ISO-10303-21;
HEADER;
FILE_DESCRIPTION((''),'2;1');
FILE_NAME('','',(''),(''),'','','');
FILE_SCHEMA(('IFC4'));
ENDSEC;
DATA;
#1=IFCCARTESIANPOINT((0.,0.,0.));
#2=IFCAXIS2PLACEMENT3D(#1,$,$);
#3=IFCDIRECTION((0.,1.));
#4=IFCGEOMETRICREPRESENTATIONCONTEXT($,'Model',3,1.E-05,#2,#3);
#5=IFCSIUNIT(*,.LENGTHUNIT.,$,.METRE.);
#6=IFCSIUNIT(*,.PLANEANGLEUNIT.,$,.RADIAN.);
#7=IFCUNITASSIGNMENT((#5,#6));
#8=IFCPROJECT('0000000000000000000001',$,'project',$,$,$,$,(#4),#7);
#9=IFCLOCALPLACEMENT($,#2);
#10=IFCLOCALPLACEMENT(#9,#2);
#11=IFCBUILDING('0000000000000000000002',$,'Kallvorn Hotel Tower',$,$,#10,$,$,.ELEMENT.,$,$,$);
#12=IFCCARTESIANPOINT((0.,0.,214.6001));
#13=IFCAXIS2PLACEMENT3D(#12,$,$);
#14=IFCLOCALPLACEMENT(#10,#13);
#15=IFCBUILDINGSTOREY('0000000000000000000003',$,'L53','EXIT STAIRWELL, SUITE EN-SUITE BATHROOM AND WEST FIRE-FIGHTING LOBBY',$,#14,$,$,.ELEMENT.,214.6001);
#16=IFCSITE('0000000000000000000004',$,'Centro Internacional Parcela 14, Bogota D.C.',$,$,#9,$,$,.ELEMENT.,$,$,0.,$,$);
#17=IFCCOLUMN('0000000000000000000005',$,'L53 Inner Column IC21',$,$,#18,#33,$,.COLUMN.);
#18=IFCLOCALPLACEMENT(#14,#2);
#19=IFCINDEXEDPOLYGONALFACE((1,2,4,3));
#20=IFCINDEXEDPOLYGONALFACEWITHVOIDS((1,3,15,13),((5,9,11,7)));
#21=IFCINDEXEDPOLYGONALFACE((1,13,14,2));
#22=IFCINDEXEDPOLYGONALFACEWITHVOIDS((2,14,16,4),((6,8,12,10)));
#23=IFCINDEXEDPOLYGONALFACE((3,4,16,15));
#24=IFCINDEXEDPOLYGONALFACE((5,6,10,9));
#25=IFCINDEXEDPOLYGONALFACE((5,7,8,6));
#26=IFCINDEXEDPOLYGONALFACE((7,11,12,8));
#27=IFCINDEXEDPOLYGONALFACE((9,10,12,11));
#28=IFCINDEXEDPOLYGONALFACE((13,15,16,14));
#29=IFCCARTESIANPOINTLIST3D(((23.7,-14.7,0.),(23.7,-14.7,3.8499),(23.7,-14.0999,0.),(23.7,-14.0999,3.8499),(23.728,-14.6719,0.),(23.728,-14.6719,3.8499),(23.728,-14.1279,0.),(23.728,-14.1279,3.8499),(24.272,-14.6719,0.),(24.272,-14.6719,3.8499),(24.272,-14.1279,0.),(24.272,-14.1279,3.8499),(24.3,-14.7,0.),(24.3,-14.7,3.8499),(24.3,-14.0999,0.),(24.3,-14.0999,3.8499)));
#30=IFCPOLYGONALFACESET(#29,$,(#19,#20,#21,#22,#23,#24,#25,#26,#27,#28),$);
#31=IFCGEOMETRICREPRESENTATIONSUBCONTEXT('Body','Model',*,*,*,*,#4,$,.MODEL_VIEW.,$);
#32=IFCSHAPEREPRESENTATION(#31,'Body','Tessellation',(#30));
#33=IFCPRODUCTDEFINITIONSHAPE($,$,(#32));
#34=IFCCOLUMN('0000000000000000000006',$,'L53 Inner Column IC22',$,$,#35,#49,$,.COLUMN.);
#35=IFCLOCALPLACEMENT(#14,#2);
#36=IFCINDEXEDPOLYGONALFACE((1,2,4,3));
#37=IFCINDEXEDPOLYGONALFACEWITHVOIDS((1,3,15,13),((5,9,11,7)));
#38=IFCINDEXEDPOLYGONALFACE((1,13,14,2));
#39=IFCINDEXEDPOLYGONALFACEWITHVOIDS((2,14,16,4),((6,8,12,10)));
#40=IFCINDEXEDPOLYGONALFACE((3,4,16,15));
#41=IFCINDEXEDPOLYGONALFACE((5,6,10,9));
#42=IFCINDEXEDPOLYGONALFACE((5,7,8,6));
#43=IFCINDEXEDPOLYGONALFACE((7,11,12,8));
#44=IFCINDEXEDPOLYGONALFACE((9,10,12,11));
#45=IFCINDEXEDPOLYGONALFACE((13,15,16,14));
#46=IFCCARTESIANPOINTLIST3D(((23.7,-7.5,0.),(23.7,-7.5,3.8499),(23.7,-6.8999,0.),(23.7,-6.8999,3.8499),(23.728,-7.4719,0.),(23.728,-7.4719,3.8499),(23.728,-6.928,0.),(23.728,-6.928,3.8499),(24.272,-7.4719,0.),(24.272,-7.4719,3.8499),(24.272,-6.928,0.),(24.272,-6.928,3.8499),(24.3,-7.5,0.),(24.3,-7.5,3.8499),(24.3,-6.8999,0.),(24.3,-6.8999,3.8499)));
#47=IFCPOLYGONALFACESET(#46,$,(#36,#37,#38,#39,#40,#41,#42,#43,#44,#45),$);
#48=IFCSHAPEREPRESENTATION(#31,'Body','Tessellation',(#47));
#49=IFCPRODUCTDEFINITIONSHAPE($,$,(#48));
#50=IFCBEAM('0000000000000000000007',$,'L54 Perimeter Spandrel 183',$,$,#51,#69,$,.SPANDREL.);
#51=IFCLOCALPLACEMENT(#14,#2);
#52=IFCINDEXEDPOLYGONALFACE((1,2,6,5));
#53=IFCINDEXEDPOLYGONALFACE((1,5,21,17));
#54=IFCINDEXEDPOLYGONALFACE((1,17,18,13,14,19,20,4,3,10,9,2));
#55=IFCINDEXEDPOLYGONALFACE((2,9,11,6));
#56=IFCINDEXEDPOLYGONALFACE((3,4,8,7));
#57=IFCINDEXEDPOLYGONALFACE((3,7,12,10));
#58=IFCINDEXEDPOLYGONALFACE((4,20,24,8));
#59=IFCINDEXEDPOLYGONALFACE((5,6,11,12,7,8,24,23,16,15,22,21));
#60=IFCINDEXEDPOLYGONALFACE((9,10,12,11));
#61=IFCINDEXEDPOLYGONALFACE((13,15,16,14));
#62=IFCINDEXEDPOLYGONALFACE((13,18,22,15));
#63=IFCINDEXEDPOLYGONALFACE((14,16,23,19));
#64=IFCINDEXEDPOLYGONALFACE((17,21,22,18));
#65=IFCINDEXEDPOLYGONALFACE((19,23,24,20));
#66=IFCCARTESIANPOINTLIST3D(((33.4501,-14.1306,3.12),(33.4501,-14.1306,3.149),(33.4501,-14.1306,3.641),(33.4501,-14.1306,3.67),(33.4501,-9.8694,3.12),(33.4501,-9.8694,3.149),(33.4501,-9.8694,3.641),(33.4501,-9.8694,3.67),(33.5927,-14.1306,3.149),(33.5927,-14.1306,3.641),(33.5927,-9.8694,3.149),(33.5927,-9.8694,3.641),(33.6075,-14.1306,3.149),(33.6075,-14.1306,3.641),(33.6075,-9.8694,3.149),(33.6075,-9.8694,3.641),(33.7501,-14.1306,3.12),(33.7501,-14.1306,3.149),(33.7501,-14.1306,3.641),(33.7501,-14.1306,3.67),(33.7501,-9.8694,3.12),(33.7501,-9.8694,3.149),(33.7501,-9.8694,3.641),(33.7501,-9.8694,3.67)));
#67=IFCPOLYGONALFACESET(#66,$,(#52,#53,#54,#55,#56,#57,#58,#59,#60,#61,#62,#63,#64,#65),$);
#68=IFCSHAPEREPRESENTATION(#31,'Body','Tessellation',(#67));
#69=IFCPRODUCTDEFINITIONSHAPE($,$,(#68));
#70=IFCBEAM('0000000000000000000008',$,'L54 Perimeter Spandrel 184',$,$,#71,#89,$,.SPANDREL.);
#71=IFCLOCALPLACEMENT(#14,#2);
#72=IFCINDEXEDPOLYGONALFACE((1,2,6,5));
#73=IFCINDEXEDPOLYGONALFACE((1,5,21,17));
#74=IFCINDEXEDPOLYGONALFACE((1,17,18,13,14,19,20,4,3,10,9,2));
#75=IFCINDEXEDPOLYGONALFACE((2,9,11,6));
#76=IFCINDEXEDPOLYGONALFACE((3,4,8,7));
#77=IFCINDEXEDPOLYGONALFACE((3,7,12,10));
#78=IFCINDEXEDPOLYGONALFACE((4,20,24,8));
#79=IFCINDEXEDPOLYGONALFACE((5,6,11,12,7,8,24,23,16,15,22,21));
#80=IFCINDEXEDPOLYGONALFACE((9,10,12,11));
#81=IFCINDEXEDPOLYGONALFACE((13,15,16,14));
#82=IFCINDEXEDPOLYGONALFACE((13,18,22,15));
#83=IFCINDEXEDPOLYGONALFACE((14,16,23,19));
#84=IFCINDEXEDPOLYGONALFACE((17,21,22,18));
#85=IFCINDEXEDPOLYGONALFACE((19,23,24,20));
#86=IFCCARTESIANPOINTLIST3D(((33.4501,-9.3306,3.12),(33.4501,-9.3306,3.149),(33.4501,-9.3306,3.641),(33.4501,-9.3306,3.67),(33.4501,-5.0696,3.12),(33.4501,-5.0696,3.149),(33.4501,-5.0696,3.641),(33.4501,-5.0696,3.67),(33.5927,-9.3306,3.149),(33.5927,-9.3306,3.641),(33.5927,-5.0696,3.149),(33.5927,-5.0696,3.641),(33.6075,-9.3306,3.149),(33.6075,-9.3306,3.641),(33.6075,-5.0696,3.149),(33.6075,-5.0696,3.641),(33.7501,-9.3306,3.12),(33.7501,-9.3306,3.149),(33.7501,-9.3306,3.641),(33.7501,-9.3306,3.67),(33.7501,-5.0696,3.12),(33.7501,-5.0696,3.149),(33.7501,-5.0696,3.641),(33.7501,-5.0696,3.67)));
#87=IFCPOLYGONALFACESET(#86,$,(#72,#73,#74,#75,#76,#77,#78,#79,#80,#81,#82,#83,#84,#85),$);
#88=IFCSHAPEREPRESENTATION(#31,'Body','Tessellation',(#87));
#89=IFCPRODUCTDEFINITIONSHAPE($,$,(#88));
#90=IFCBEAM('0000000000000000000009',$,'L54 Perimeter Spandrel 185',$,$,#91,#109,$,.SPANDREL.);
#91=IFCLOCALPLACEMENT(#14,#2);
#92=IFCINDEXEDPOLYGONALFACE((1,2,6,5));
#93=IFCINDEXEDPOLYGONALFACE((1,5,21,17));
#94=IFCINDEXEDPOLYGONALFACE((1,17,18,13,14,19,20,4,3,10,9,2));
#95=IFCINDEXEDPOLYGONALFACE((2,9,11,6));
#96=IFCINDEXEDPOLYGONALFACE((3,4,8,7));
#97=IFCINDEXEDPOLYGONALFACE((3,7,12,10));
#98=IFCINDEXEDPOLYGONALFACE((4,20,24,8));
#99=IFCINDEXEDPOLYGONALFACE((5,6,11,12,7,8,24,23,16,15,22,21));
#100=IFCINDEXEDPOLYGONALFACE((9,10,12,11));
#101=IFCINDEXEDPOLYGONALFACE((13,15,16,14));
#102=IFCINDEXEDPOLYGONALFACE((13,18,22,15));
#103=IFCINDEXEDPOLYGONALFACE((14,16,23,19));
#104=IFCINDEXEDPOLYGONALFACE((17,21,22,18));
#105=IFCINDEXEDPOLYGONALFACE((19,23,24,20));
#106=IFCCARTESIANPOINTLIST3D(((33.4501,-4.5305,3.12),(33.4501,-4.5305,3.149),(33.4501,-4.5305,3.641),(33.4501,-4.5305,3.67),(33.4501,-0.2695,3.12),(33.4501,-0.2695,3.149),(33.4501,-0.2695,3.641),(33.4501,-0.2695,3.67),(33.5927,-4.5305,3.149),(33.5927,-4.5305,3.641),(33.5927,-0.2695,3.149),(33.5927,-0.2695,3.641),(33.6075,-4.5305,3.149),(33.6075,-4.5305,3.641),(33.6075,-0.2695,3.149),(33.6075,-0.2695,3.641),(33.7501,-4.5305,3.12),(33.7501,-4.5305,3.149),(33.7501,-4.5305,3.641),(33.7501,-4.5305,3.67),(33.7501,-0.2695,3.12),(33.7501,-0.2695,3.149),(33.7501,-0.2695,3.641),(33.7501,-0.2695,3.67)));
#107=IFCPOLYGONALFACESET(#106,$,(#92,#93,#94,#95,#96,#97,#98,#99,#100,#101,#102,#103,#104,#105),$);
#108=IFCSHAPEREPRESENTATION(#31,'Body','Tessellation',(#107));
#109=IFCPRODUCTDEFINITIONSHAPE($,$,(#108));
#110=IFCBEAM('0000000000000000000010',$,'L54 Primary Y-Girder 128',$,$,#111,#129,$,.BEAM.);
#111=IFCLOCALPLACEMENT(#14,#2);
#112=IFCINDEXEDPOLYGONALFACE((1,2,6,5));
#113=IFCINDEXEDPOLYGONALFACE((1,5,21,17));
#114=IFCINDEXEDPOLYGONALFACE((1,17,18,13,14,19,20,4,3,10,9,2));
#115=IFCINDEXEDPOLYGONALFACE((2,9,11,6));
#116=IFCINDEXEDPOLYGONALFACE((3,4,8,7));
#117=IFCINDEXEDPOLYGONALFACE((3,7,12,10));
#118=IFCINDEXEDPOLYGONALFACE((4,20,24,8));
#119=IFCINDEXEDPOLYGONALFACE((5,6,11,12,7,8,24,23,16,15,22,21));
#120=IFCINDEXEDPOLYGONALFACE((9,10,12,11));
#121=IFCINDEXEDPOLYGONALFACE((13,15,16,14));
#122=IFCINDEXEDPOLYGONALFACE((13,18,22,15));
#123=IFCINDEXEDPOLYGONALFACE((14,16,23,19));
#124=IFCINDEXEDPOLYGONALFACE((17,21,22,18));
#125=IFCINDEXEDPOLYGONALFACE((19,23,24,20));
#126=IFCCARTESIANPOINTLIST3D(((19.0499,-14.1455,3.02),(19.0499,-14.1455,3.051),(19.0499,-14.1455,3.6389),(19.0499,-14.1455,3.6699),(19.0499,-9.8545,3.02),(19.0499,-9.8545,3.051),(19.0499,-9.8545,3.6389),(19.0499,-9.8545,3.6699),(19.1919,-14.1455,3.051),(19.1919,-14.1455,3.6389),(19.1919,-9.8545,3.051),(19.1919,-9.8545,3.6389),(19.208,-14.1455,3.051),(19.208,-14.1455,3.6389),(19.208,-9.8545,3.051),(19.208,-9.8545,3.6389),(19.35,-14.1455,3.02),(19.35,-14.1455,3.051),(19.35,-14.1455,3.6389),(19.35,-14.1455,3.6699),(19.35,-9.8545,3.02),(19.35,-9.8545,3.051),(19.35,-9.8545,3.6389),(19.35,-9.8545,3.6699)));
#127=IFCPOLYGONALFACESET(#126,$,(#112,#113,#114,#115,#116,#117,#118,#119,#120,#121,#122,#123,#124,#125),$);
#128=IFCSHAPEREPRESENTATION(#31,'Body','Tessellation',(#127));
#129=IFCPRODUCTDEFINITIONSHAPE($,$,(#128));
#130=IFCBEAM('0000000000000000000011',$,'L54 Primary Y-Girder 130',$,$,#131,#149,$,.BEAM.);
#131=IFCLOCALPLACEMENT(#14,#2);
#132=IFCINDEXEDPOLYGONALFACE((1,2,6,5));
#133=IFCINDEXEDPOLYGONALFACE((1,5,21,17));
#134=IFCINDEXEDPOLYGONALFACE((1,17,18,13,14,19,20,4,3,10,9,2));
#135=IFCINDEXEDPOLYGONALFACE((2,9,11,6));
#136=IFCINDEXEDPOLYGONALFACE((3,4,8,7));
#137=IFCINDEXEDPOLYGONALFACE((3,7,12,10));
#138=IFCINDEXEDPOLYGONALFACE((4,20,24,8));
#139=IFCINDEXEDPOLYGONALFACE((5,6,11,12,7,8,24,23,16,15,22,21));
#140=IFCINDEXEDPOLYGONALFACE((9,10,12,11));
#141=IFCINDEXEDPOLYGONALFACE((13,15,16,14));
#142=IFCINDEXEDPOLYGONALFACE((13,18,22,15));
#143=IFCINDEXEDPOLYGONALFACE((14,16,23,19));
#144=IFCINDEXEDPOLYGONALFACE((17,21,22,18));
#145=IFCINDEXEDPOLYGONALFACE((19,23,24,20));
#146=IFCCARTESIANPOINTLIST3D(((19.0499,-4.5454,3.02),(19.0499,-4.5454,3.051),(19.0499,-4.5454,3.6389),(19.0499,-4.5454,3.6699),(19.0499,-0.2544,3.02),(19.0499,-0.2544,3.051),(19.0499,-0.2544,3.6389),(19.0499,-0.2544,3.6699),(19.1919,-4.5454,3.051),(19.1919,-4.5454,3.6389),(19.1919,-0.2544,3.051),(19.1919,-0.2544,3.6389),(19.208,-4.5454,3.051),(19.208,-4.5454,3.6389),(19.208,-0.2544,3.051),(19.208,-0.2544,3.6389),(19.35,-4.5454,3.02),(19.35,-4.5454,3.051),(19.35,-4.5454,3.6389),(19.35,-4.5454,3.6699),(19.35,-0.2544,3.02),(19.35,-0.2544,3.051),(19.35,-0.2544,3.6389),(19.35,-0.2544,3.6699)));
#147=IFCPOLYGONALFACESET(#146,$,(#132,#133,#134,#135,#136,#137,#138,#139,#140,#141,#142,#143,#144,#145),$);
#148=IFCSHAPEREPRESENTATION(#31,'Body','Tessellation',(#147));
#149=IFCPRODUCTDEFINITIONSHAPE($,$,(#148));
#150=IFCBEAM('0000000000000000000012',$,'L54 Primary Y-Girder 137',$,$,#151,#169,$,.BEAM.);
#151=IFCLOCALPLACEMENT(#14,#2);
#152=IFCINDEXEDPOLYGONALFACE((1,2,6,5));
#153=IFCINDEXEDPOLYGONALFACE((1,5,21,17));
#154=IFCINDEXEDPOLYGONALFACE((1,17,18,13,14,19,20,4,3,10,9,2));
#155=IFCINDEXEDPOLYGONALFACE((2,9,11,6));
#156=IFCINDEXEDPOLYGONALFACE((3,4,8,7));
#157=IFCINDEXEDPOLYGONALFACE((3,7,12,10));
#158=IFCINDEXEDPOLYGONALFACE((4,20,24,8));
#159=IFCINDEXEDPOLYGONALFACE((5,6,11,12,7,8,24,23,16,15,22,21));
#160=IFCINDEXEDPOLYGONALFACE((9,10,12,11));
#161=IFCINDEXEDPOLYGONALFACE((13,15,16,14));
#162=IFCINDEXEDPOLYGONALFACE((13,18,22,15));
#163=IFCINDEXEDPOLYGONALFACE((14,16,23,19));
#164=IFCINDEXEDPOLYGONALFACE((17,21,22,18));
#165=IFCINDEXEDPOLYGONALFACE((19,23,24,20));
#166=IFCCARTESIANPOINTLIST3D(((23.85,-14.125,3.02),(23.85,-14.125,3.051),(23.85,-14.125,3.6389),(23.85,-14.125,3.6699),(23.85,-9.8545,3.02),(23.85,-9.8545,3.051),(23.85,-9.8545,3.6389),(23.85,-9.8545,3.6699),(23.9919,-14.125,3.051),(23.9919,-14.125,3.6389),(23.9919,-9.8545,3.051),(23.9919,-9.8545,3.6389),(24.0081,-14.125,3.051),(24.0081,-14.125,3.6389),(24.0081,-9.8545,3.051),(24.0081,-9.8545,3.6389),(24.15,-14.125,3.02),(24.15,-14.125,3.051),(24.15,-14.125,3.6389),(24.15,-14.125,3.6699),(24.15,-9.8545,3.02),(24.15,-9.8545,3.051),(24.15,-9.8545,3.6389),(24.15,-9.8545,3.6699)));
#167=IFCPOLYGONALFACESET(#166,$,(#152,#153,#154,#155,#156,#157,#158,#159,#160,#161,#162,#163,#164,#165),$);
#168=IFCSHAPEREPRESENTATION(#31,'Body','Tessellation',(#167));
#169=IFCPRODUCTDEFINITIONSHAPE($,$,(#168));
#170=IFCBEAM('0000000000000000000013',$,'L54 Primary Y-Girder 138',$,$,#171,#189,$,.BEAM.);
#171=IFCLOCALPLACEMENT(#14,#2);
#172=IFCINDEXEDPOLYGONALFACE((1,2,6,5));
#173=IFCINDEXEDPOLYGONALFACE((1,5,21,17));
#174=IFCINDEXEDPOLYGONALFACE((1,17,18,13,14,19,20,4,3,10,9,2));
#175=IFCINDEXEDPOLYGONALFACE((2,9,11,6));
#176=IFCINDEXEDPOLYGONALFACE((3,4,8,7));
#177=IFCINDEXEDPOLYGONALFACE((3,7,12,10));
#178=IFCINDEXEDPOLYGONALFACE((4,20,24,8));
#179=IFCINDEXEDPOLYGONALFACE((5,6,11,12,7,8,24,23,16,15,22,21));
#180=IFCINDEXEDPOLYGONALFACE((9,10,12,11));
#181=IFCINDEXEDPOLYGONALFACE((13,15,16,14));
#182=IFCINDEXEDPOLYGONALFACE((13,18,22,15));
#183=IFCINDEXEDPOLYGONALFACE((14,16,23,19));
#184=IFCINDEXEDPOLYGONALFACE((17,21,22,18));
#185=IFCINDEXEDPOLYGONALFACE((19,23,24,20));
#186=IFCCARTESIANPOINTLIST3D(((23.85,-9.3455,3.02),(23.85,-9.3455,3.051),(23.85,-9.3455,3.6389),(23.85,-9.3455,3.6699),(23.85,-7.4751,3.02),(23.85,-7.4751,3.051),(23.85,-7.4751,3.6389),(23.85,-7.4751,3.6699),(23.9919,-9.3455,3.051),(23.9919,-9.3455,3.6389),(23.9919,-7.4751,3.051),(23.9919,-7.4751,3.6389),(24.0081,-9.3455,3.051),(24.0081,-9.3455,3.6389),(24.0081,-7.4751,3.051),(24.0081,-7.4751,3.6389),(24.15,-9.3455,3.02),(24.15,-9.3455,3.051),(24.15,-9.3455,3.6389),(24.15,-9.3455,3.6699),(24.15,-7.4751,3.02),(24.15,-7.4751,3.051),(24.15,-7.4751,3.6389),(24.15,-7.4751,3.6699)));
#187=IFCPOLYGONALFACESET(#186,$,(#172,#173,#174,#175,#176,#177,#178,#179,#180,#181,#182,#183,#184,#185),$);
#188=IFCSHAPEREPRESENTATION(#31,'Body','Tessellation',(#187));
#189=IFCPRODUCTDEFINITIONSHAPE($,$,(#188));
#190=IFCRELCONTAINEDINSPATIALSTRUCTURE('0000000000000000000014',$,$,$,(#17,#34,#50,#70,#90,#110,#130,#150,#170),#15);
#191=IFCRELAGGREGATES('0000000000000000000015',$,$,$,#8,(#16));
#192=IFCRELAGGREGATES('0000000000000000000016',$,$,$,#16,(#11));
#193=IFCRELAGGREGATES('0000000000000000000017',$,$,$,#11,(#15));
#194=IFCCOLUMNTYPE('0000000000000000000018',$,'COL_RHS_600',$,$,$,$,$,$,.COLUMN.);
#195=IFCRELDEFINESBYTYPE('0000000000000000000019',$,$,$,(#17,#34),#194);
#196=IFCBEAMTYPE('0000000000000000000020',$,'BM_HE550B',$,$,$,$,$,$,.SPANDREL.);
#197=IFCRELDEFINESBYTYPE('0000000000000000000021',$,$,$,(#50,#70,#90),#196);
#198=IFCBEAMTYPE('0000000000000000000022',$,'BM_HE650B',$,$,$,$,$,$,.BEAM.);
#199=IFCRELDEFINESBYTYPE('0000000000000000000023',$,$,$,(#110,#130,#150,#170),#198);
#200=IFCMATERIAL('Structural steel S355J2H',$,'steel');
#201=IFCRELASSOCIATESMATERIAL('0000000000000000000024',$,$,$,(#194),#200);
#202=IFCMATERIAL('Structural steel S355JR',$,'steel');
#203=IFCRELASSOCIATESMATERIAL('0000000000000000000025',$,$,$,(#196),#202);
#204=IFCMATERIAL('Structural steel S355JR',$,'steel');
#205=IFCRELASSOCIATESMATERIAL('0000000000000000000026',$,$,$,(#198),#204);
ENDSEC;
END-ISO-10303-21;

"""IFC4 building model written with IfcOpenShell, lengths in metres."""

from ifc_helpers import new_model, si_unit, direction, frame, origin, origin_2d, place, context, subcontext, project, spatial, hollow_rectangle, i_section, extrude, material, material_profile, profile_set, type_object, element, save


model = new_model("IFC4")

# Units and contexts
model_context = context("Model", 3, precision=1e-05, world=origin(), true_north=direction((0.0, 1.0)))
body_context = subcontext(model_context, "Body", "Model", "MODEL_VIEW")
ifc_project = project(units=[si_unit("LENGTHUNIT", "METRE"), si_unit("PLANEANGLEUNIT", "RADIAN")], contexts=[model_context])

# Site, building, storey
site_placement = place(None, origin())
site = spatial("IfcSite", under=ifc_project, at=site_placement, Name="Centro Internacional Parcela 14, Bogota D.C.", CompositionType="ELEMENT", RefElevation=0.0)
building_placement = place(site_placement, origin())
building = spatial("IfcBuilding", under=site, at=building_placement, Name="Kallvorn Hotel Tower", CompositionType="ELEMENT")
storey_placement = place(building_placement, frame((0.0, 0.0, 214.6001)))
storey = spatial("IfcBuildingStorey", under=building, at=storey_placement, Name="L53", Description="EXIT STAIRWELL, SUITE EN-SUITE BATHROOM AND WEST FIRE-FIGHTING LOBBY", CompositionType="ELEMENT", Elevation=214.6001)

# Columns
ifc_material_1 = material(Name="Structural steel S355J2H", Category="steel")
ifc_material_profile_1 = material_profile(ifc_material_1, hollow_rectangle(XDim=0.6001, YDim=0.6001, WallThickness=0.0281, at=origin_2d()), Name="RHS 600x600x28")
ifc_profile_set_1 = profile_set([ifc_material_profile_1], Name="Structural steel S355J2H")
column_type_1 = type_object("IfcColumnType", Name="COL_RHS_600", PredefinedType="COLUMN", material=ifc_profile_set_1)
for number, where, z_axis, x_axis, name in (
    (1, (24.0, -14.3999, 0.0), (0.0, 0.0, 1.0), (1.0, 0.0, 0.0), "L53 Inner Column IC21"),
    (2, (24.0, -7.2, 0.0), (0.0, 0.0, 1.0), (1.0, 0.0, 0.0), "L53 Inner Column IC22"),
):
    element("IfcColumn", number, at=place(storey_placement, frame(where, z_axis=z_axis, x_axis=x_axis)), inside=storey, type_object=column_type_1, Name=name, PredefinedType="COLUMN", context=body_context, shape_type="SweptSolid", body=[
        extrude(hollow_rectangle(XDim=0.6001, YDim=0.6001, WallThickness=0.0281, at=origin_2d()), origin(), (0.0, 0.0, 1.0), 3.8499),
    ])

# Beams
ifc_material_2 = material(Name="Structural steel S355JR", Category="steel")
ifc_material_profile_2 = material_profile(ifc_material_2, i_section(OverallWidth=0.3, OverallDepth=0.55, WebThickness=0.0149, FlangeThickness=0.0291, at=origin_2d()), Name="HE 550 B")
ifc_profile_set_2 = profile_set([ifc_material_profile_2], Name="Structural steel S355JR")
beam_type_1 = type_object("IfcBeamType", Name="BM_HE550B", PredefinedType="SPANDREL", material=ifc_profile_set_2)
beam_1_placement = place(storey_placement, frame((33.6001, -14.1306, 3.395), z_axis=(0.0, 1.0, 0.0), x_axis=(-1.0, 0.0, 0.0)))
element("IfcBeam", 3, at=beam_1_placement, inside=storey, type_object=beam_type_1, Name="L54 Perimeter Spandrel 183", PredefinedType="SPANDREL", context=body_context, shape_type="SweptSolid", body=[
    extrude(i_section(OverallWidth=0.3, OverallDepth=0.55, WebThickness=0.0149, FlangeThickness=0.0291, at=origin_2d()), origin(), (0.0, 0.0, 1.0), 4.2612),
])
for number, where, z_axis, x_axis, name in (
    (4, (33.6001, -9.3306, 3.395), (0.0, 1.0, 0.0), (-1.0, 0.0, 0.0), "L54 Perimeter Spandrel 184"),
    (5, (33.6001, -4.5305, 3.395), (0.0, 1.0, 0.0), (-1.0, 0.0, 0.0), "L54 Perimeter Spandrel 185"),
):
    element("IfcBeam", number, at=place(storey_placement, frame(where, z_axis=z_axis, x_axis=x_axis)), inside=storey, type_object=beam_type_1, Name=name, PredefinedType="SPANDREL", context=body_context, shape_type="SweptSolid", body=[
        extrude(i_section(OverallWidth=0.3, OverallDepth=0.55, WebThickness=0.0149, FlangeThickness=0.0291, at=origin_2d()), origin(), (0.0, 0.0, 1.0), 4.261),
    ])
ifc_material_3 = material(Name="Structural steel S355JR", Category="steel")
ifc_material_profile_3 = material_profile(ifc_material_3, i_section(OverallWidth=0.3, OverallDepth=0.6499, WebThickness=0.0161, FlangeThickness=0.031, at=origin_2d()), Name="HE 650 B")
ifc_profile_set_3 = profile_set([ifc_material_profile_3], Name="Structural steel S355JR")
beam_type_2 = type_object("IfcBeamType", Name="BM_HE650B", PredefinedType="BEAM", material=ifc_profile_set_3)
for number, where, z_axis, x_axis, name in (
    (6, (19.2, -14.1455, 3.345), (0.0, 1.0, 0.0), (-1.0, 0.0, 0.0), "L54 Primary Y-Girder 128"),
    (7, (19.2, -4.5454, 3.345), (0.0, 1.0, 0.0), (-1.0, 0.0, 0.0), "L54 Primary Y-Girder 130"),
):
    element("IfcBeam", number, at=place(storey_placement, frame(where, z_axis=z_axis, x_axis=x_axis)), inside=storey, type_object=beam_type_2, Name=name, PredefinedType="BEAM", context=body_context, shape_type="SweptSolid", body=[
        extrude(i_section(OverallWidth=0.3, OverallDepth=0.6499, WebThickness=0.0161, FlangeThickness=0.031, at=origin_2d()), origin(), (0.0, 0.0, 1.0), 4.291),
    ])
beam_2_placement = place(storey_placement, frame((24.0, -14.125, 3.345), z_axis=(0.0, 1.0, 0.0), x_axis=(-1.0, 0.0, 0.0)))
element("IfcBeam", 8, at=beam_2_placement, inside=storey, type_object=beam_type_2, Name="L54 Primary Y-Girder 137", PredefinedType="BEAM", context=body_context, shape_type="SweptSolid", body=[
    extrude(i_section(OverallWidth=0.3, OverallDepth=0.6499, WebThickness=0.0161, FlangeThickness=0.031, at=origin_2d()), origin(), (0.0, 0.0, 1.0), 4.2705),
])
beam_3_placement = place(storey_placement, frame((24.0, -9.3455, 3.345), z_axis=(0.0, 1.0, 0.0), x_axis=(-1.0, 0.0, 0.0)))
element("IfcBeam", 9, at=beam_3_placement, inside=storey, type_object=beam_type_2, Name="L54 Primary Y-Girder 138", PredefinedType="BEAM", context=body_context, shape_type="SweptSolid", body=[
    extrude(i_section(OverallWidth=0.3, OverallDepth=0.6499, WebThickness=0.0161, FlangeThickness=0.031, at=origin_2d()), origin(), (0.0, 0.0, 1.0), 1.8704),
])

save(model, "model.ifc")
